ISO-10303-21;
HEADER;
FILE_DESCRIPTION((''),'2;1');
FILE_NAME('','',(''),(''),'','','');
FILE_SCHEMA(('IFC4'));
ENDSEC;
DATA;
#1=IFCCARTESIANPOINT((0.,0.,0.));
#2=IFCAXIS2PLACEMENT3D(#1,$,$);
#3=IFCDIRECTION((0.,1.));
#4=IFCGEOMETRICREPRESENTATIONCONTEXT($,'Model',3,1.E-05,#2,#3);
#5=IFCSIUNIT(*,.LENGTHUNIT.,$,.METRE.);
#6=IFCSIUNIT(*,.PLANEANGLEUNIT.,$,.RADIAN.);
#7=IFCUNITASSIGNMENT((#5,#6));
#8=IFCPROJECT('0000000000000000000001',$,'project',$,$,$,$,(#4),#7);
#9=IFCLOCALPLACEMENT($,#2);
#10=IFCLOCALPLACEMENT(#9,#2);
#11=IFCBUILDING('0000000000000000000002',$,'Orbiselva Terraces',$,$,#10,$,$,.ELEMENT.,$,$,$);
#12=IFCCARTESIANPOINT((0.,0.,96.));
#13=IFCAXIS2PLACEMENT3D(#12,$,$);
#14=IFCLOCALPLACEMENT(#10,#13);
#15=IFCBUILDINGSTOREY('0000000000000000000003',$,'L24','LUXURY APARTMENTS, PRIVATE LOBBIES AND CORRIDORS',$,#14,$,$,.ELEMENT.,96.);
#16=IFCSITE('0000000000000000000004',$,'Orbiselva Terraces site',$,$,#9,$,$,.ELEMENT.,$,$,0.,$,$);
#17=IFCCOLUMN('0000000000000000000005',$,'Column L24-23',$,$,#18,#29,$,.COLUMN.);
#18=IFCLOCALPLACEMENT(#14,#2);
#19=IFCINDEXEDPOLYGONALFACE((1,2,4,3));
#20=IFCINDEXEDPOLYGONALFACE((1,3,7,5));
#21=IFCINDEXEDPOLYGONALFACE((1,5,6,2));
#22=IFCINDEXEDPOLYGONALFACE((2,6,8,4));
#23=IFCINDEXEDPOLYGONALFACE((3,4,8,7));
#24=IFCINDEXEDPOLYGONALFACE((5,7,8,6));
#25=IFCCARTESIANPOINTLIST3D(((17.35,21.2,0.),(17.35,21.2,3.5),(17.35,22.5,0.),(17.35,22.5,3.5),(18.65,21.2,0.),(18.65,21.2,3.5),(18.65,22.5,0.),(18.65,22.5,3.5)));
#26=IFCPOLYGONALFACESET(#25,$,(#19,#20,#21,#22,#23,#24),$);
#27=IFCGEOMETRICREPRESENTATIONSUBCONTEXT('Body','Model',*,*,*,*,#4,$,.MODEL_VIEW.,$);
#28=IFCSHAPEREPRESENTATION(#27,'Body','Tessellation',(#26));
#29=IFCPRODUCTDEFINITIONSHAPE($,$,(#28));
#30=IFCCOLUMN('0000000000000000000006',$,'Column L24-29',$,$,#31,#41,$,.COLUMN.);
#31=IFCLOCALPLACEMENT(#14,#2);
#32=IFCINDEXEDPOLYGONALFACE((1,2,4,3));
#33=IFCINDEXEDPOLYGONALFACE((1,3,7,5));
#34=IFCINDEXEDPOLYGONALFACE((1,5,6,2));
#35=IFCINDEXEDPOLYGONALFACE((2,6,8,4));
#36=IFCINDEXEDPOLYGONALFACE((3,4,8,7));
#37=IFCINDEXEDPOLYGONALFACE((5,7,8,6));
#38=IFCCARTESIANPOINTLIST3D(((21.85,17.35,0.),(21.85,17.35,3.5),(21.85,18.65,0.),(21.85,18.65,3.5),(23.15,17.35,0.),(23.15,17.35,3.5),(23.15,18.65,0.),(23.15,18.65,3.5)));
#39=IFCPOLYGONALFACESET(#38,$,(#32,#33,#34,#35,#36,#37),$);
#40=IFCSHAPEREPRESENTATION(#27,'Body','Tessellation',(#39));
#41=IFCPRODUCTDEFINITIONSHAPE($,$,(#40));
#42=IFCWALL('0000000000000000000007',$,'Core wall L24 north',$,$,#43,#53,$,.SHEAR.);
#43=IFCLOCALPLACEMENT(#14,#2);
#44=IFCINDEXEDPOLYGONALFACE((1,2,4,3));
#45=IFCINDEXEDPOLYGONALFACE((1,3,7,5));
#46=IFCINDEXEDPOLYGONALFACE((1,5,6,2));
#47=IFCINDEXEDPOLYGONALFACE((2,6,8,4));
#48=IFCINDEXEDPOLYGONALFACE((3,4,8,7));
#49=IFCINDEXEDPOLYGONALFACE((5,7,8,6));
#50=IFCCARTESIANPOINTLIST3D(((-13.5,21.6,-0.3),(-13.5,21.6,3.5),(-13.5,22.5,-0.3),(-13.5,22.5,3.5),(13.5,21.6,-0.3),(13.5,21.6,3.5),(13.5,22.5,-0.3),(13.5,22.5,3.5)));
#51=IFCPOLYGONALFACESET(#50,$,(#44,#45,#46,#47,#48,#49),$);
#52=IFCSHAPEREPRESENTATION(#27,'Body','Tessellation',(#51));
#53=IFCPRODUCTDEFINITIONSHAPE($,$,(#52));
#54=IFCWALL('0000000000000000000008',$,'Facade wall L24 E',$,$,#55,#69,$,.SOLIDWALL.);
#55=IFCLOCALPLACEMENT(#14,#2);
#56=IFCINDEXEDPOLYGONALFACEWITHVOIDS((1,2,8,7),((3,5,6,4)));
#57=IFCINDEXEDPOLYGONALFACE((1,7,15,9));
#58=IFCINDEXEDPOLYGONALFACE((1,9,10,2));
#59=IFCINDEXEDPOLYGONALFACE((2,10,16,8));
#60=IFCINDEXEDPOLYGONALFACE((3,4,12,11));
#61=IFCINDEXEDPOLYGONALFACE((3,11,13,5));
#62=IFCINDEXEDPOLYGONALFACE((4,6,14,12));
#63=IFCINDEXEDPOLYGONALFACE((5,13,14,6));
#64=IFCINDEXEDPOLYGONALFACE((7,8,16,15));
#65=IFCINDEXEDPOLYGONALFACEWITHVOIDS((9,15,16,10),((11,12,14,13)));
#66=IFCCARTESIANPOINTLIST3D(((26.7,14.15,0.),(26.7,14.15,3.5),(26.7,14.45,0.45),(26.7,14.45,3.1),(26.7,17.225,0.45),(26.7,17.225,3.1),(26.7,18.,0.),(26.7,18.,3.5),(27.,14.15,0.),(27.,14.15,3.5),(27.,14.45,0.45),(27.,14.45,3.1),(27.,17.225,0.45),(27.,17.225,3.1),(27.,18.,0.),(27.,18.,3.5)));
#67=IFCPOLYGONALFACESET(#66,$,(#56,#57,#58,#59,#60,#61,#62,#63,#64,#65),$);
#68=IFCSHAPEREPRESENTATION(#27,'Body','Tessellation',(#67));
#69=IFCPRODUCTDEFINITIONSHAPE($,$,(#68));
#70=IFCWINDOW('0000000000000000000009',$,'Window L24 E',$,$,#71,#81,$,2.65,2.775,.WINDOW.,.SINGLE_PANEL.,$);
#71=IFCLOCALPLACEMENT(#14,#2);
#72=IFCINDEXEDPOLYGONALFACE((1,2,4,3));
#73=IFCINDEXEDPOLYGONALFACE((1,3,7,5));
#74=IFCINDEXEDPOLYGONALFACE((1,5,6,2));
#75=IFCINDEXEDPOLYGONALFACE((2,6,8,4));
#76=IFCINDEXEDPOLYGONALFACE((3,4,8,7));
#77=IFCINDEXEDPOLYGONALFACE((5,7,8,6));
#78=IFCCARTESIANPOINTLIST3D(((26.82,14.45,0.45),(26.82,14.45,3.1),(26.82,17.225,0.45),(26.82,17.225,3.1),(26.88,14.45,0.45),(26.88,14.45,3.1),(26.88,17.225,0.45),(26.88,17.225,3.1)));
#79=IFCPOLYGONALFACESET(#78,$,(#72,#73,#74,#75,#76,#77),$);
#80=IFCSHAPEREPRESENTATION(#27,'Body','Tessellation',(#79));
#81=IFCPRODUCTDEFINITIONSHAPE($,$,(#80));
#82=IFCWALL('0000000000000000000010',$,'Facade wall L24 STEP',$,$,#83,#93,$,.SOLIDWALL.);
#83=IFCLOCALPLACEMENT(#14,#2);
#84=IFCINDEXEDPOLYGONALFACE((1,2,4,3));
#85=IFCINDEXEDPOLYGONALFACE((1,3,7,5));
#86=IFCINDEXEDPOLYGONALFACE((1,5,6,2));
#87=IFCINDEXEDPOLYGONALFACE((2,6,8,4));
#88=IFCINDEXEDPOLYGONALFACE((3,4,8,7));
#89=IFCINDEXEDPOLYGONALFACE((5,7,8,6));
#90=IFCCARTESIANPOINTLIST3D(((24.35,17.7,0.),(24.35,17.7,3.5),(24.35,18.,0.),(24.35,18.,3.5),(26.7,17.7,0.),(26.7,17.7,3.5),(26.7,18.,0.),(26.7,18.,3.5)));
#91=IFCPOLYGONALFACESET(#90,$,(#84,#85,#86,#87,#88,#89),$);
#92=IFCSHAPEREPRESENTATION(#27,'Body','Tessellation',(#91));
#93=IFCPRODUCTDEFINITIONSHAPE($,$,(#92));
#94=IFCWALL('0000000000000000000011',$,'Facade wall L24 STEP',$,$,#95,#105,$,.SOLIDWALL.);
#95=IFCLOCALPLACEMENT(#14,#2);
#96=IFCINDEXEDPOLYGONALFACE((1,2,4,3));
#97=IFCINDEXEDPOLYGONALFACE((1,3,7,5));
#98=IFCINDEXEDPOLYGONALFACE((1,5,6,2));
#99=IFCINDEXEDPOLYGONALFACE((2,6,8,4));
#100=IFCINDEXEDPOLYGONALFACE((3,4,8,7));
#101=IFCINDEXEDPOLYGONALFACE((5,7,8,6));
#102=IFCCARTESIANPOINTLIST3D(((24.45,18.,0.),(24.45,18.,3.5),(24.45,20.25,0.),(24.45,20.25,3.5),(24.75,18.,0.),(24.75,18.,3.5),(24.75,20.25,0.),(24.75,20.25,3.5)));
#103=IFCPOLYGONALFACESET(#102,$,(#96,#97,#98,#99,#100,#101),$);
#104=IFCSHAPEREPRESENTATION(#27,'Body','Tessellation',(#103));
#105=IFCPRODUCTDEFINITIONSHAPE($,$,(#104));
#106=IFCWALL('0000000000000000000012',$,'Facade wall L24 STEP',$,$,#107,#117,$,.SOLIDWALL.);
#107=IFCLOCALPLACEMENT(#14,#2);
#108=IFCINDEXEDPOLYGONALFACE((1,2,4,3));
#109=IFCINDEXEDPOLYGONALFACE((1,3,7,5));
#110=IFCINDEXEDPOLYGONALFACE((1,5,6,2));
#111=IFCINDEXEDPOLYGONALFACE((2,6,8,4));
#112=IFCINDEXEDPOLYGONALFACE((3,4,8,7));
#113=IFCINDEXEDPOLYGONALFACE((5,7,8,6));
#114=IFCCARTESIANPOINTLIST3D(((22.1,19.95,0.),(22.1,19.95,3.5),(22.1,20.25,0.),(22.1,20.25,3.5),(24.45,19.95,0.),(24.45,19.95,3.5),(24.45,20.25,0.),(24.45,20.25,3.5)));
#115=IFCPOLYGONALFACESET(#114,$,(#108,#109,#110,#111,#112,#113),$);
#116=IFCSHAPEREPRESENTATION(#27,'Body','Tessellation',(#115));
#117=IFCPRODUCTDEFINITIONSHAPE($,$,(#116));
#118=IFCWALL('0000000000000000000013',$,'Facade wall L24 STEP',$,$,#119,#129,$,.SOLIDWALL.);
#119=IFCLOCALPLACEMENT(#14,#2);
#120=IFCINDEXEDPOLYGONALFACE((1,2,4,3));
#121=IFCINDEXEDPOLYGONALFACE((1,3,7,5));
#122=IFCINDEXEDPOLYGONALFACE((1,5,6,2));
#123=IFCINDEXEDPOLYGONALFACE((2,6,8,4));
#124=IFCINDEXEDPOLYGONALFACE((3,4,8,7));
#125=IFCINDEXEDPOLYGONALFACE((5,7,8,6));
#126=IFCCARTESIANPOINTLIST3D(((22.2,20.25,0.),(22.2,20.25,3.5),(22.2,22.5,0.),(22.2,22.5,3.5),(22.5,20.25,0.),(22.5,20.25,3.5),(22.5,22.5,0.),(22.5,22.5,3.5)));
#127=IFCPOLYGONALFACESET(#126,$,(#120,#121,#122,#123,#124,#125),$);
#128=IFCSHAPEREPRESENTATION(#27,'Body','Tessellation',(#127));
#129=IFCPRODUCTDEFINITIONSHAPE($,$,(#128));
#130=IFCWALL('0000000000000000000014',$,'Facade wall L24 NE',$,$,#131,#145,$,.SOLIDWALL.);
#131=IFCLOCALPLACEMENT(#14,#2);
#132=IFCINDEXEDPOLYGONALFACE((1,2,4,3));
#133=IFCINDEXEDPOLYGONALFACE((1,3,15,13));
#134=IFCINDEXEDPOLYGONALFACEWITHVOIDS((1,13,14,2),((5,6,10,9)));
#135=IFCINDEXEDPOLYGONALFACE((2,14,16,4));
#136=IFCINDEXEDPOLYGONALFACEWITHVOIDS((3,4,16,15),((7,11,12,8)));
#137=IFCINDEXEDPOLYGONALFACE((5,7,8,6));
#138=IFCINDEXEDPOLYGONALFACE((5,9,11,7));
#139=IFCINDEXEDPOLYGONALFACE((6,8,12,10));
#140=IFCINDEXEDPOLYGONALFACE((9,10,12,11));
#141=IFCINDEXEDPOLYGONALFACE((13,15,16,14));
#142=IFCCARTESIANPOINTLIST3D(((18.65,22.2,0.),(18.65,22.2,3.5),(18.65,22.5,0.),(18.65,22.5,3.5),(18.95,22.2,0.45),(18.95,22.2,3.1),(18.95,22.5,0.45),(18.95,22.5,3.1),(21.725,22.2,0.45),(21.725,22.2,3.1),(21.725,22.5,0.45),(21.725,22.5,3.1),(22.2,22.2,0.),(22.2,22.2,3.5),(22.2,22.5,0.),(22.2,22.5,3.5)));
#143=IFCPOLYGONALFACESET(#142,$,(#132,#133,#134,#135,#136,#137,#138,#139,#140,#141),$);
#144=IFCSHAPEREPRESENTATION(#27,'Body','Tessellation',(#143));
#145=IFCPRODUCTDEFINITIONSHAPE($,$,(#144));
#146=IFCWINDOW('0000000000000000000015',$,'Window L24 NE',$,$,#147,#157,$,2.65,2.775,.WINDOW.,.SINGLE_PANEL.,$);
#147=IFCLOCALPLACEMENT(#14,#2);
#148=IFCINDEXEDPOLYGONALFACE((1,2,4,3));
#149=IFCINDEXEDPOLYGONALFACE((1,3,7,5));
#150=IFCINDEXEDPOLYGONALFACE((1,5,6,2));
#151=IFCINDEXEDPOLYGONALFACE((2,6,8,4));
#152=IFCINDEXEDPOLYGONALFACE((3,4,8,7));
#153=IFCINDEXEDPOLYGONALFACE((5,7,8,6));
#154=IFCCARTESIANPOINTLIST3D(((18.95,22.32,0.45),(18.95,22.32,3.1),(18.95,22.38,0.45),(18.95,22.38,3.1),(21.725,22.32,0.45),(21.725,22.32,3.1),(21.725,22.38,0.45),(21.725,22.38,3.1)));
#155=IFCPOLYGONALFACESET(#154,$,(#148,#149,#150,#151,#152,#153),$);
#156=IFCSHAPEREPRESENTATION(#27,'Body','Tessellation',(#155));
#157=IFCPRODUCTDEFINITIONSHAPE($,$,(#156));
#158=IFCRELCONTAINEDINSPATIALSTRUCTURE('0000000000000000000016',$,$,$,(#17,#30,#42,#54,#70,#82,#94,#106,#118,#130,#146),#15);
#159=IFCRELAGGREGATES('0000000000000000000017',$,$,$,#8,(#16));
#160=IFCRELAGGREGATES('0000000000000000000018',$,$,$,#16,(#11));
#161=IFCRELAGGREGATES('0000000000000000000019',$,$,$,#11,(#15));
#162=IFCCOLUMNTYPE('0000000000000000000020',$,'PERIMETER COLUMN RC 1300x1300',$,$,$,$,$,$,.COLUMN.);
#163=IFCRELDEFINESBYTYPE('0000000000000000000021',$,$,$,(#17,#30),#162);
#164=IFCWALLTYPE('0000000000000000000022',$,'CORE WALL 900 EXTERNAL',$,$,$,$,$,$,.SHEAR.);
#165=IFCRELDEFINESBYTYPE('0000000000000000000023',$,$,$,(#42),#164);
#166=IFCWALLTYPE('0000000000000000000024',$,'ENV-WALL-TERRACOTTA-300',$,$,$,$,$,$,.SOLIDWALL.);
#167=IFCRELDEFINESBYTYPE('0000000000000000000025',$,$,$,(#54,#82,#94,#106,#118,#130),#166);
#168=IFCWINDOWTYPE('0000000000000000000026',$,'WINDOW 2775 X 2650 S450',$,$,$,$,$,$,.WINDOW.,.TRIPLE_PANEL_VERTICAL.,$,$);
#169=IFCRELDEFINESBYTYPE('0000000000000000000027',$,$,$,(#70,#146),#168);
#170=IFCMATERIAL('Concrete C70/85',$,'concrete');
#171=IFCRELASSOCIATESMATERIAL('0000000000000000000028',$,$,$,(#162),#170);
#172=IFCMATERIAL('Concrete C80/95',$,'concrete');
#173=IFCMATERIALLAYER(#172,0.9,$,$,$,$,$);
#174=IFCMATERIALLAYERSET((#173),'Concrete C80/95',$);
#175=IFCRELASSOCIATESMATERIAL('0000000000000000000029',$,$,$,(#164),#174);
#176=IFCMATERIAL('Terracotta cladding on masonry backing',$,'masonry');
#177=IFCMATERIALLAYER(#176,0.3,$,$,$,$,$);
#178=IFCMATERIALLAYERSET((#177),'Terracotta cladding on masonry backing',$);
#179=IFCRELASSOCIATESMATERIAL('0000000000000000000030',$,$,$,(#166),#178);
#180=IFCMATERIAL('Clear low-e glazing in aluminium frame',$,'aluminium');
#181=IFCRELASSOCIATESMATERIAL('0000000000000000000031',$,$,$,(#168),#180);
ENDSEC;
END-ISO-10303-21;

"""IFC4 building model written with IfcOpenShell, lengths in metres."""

from ifc_helpers import new_model, si_unit, direction, frame, frame_2d, origin, origin_2d, place, context, subcontext, project, spatial, rectangle, extrude, material, layer, layer_set, material_profile, profile_set, type_object, element, fill, save


model = new_model("IFC4")

# Units and contexts
model_context = context("Model", 3, precision=1e-05, world=origin(), true_north=direction((0.0, 1.0)))
body_context = subcontext(model_context, "Body", "Model", "MODEL_VIEW")
ifc_project = project(units=[si_unit("LENGTHUNIT", "METRE"), si_unit("PLANEANGLEUNIT", "RADIAN")], contexts=[model_context])

# Site, building, storey
site_placement = place(None, origin())
site = spatial("IfcSite", under=ifc_project, at=site_placement, Name="Orbiselva Terraces site", CompositionType="ELEMENT", RefElevation=0.0)
building_placement = place(site_placement, origin())
building = spatial("IfcBuilding", under=site, at=building_placement, Name="Orbiselva Terraces", CompositionType="ELEMENT")
storey_placement = place(building_placement, frame((0.0, 0.0, 96.0)))
storey = spatial("IfcBuildingStorey", under=building, at=storey_placement, Name="L24", Description="LUXURY APARTMENTS, PRIVATE LOBBIES AND CORRIDORS", CompositionType="ELEMENT", Elevation=96.0)

# Columns
ifc_material_1 = material(Name="Concrete C70/85", Category="concrete")
ifc_material_profile = material_profile(ifc_material_1, rectangle(XDim=1.3, YDim=1.3, at=origin_2d()), Name="RC 1300x1300")
ifc_profile_set = profile_set([ifc_material_profile], Name="Concrete C70/85")
column_type = type_object("IfcColumnType", Name="PERIMETER COLUMN RC 1300x1300", PredefinedType="COLUMN", material=ifc_profile_set)
for number, where, z_axis, x_axis, name in (
    (1, (18.0, 21.85, 0.0), (0.0, 0.0, 1.0), (1.0, 0.0, 0.0), "Column L24-23"),
    (2, (22.5, 18.0, 0.0), (0.0, 0.0, 1.0), (1.0, 0.0, 0.0), "Column L24-29"),
):
    element("IfcColumn", number, at=place(storey_placement, frame(where, z_axis=z_axis, x_axis=x_axis)), inside=storey, type_object=column_type, Name=name, PredefinedType="COLUMN", context=body_context, shape_type="SweptSolid", body=[
        extrude(rectangle(XDim=1.3, YDim=1.3, at=origin_2d()), origin(), (0.0, 0.0, 1.0), 3.5),
    ])

# Wall
ifc_material_2 = material(Name="Concrete C80/95", Category="concrete")
ifc_layer_1 = layer(ifc_material_2, 0.9)
ifc_layer_set_1 = layer_set([ifc_layer_1], Name="Concrete C80/95")
wall_type_1 = type_object("IfcWallType", Name="CORE WALL 900 EXTERNAL", PredefinedType="SHEAR", material=ifc_layer_set_1)
wall_1_placement = place(storey_placement, frame((13.5, 22.05, -0.3), z_axis=(0.0, 0.0, 1.0), x_axis=(-1.0, 0.0, 0.0)))
element("IfcWall", 3, at=wall_1_placement, inside=storey, type_object=wall_type_1, Name="Core wall L24 north", PredefinedType="SHEAR", context=body_context, shape_type="SweptSolid", body=[
    extrude(rectangle(XDim=27.0, YDim=0.9, at=frame_2d((13.5, 0.0))), origin(), (0.0, 0.0, 1.0), 3.8),
])

# Wall, opening, window
ifc_material_3 = material(Name="Terracotta cladding on masonry backing", Category="masonry")
ifc_layer_2 = layer(ifc_material_3, 0.3)
ifc_layer_set_2 = layer_set([ifc_layer_2], Name="Terracotta cladding on masonry backing")
wall_type_2 = type_object("IfcWallType", Name="ENV-WALL-TERRACOTTA-300", PredefinedType="SOLIDWALL", material=ifc_layer_set_2)
wall_2_placement = place(storey_placement, frame((26.85, 18.0, 0.0), z_axis=(0.0, 0.0, 1.0), x_axis=(0.0, -1.0, 0.0)))
wall_2 = element("IfcWall", 4, at=wall_2_placement, inside=storey, type_object=wall_type_2, Name="Facade wall L24 E", PredefinedType="SOLIDWALL", context=body_context, shape_type="SweptSolid", body=[
    extrude(rectangle(XDim=3.85, YDim=0.3, at=frame_2d((1.925, 0.0))), origin(), (0.0, 0.0, 1.0), 3.5),
])
opening_1_placement = place(wall_2_placement, frame((0.775, 0.0, 0.45)))
opening_1 = element("IfcOpeningElement", 5, at=opening_1_placement, cuts=wall_2, PredefinedType="OPENING", context=body_context, shape_type="SweptSolid", body=[
    extrude(rectangle(XDim=2.775, YDim=2.65, at=frame_2d((1.3875, 1.325))), frame((0.0, 0.16, 0.0), z_axis=(0.0, -1.0, 0.0), x_axis=(1.0, 0.0, 0.0)), (0.0, 0.0, 1.0), 0.32),
])
ifc_material_4 = material(Name="Clear low-e glazing in aluminium frame", Category="aluminium")
window_type = type_object("IfcWindowType", Name="WINDOW 2775 X 2650 S450", PartitioningType="TRIPLE_PANEL_VERTICAL", PredefinedType="WINDOW", material=ifc_material_4)
window_1_placement = place(opening_1_placement, origin())
window_1 = element("IfcWindow", 6, at=window_1_placement, inside=storey, type_object=window_type, Name="Window L24 E", OverallHeight=2.65, OverallWidth=2.775, PartitioningType="SINGLE_PANEL", PredefinedType="WINDOW", context=body_context, shape_type="SweptSolid", body=[
    extrude(rectangle(XDim=2.775, YDim=2.65, at=frame_2d((1.3875, 1.325))), frame((0.0, 0.03, 0.0), z_axis=(0.0, -1.0, 0.0), x_axis=(1.0, 0.0, 0.0)), (0.0, 0.0, 1.0), 0.06),
])
fill(opening_1, window_1)

# Walls
wall_3_placement = place(storey_placement, frame((24.35, 17.85, 0.0), z_axis=(0.0, 0.0, 1.0), x_axis=(1.0, 0.0, 0.0)))
element("IfcWall", 7, at=wall_3_placement, inside=storey, type_object=wall_type_2, Name="Facade wall L24 STEP", PredefinedType="SOLIDWALL", context=body_context, shape_type="SweptSolid", body=[
    extrude(rectangle(XDim=2.35, YDim=0.3, at=frame_2d((1.175, 0.0))), origin(), (0.0, 0.0, 1.0), 3.5),
])
wall_4_placement = place(storey_placement, frame((24.6, 20.25, 0.0), z_axis=(0.0, 0.0, 1.0), x_axis=(0.0, -1.0, 0.0)))
element("IfcWall", 8, at=wall_4_placement, inside=storey, type_object=wall_type_2, Name="Facade wall L24 STEP", PredefinedType="SOLIDWALL", context=body_context, shape_type="SweptSolid", body=[
    extrude(rectangle(XDim=2.25, YDim=0.3, at=frame_2d((1.125, 0.0))), origin(), (0.0, 0.0, 1.0), 3.5),
])
wall_5_placement = place(storey_placement, frame((22.1, 20.1, 0.0), z_axis=(0.0, 0.0, 1.0), x_axis=(1.0, 0.0, 0.0)))
element("IfcWall", 9, at=wall_5_placement, inside=storey, type_object=wall_type_2, Name="Facade wall L24 STEP", PredefinedType="SOLIDWALL", context=body_context, shape_type="SweptSolid", body=[
    extrude(rectangle(XDim=2.35, YDim=0.3, at=frame_2d((1.175, 0.0))), origin(), (0.0, 0.0, 1.0), 3.5),
])
wall_6_placement = place(storey_placement, frame((22.35, 22.5, 0.0), z_axis=(0.0, 0.0, 1.0), x_axis=(0.0, -1.0, 0.0)))
element("IfcWall", 10, at=wall_6_placement, inside=storey, type_object=wall_type_2, Name="Facade wall L24 STEP", PredefinedType="SOLIDWALL", context=body_context, shape_type="SweptSolid", body=[
    extrude(rectangle(XDim=2.25, YDim=0.3, at=frame_2d((1.125, 0.0))), origin(), (0.0, 0.0, 1.0), 3.5),
])

# Wall, opening, window
wall_7_placement = place(storey_placement, frame((18.65, 22.35, 0.0), z_axis=(0.0, 0.0, 1.0), x_axis=(1.0, 0.0, 0.0)))
wall_7 = element("IfcWall", 11, at=wall_7_placement, inside=storey, type_object=wall_type_2, Name="Facade wall L24 NE", PredefinedType="SOLIDWALL", context=body_context, shape_type="SweptSolid", body=[
    extrude(rectangle(XDim=3.55, YDim=0.3, at=frame_2d((1.775, 0.0))), origin(), (0.0, 0.0, 1.0), 3.5),
])
opening_2_placement = place(wall_7_placement, frame((0.3, 0.0, 0.45)))
opening_2 = element("IfcOpeningElement", 12, at=opening_2_placement, cuts=wall_7, PredefinedType="OPENING", context=body_context, shape_type="SweptSolid", body=[
    extrude(rectangle(XDim=2.775, YDim=2.65, at=frame_2d((1.3875, 1.325))), frame((0.0, 0.16, 0.0), z_axis=(0.0, -1.0, 0.0), x_axis=(1.0, 0.0, 0.0)), (0.0, 0.0, 1.0), 0.32),
])
window_2_placement = place(opening_2_placement, origin())
window_2 = element("IfcWindow", 13, at=window_2_placement, inside=storey, type_object=window_type, Name="Window L24 NE", OverallHeight=2.65, OverallWidth=2.775, PartitioningType="SINGLE_PANEL", PredefinedType="WINDOW", context=body_context, shape_type="SweptSolid", body=[
    extrude(rectangle(XDim=2.775, YDim=2.65, at=frame_2d((1.3875, 1.325))), frame((0.0, 0.03, 0.0), z_axis=(0.0, -1.0, 0.0), x_axis=(1.0, 0.0, 0.0)), (0.0, 0.0, 1.0), 0.06),
])
fill(opening_2, window_2)

save(model, "model.ifc")
